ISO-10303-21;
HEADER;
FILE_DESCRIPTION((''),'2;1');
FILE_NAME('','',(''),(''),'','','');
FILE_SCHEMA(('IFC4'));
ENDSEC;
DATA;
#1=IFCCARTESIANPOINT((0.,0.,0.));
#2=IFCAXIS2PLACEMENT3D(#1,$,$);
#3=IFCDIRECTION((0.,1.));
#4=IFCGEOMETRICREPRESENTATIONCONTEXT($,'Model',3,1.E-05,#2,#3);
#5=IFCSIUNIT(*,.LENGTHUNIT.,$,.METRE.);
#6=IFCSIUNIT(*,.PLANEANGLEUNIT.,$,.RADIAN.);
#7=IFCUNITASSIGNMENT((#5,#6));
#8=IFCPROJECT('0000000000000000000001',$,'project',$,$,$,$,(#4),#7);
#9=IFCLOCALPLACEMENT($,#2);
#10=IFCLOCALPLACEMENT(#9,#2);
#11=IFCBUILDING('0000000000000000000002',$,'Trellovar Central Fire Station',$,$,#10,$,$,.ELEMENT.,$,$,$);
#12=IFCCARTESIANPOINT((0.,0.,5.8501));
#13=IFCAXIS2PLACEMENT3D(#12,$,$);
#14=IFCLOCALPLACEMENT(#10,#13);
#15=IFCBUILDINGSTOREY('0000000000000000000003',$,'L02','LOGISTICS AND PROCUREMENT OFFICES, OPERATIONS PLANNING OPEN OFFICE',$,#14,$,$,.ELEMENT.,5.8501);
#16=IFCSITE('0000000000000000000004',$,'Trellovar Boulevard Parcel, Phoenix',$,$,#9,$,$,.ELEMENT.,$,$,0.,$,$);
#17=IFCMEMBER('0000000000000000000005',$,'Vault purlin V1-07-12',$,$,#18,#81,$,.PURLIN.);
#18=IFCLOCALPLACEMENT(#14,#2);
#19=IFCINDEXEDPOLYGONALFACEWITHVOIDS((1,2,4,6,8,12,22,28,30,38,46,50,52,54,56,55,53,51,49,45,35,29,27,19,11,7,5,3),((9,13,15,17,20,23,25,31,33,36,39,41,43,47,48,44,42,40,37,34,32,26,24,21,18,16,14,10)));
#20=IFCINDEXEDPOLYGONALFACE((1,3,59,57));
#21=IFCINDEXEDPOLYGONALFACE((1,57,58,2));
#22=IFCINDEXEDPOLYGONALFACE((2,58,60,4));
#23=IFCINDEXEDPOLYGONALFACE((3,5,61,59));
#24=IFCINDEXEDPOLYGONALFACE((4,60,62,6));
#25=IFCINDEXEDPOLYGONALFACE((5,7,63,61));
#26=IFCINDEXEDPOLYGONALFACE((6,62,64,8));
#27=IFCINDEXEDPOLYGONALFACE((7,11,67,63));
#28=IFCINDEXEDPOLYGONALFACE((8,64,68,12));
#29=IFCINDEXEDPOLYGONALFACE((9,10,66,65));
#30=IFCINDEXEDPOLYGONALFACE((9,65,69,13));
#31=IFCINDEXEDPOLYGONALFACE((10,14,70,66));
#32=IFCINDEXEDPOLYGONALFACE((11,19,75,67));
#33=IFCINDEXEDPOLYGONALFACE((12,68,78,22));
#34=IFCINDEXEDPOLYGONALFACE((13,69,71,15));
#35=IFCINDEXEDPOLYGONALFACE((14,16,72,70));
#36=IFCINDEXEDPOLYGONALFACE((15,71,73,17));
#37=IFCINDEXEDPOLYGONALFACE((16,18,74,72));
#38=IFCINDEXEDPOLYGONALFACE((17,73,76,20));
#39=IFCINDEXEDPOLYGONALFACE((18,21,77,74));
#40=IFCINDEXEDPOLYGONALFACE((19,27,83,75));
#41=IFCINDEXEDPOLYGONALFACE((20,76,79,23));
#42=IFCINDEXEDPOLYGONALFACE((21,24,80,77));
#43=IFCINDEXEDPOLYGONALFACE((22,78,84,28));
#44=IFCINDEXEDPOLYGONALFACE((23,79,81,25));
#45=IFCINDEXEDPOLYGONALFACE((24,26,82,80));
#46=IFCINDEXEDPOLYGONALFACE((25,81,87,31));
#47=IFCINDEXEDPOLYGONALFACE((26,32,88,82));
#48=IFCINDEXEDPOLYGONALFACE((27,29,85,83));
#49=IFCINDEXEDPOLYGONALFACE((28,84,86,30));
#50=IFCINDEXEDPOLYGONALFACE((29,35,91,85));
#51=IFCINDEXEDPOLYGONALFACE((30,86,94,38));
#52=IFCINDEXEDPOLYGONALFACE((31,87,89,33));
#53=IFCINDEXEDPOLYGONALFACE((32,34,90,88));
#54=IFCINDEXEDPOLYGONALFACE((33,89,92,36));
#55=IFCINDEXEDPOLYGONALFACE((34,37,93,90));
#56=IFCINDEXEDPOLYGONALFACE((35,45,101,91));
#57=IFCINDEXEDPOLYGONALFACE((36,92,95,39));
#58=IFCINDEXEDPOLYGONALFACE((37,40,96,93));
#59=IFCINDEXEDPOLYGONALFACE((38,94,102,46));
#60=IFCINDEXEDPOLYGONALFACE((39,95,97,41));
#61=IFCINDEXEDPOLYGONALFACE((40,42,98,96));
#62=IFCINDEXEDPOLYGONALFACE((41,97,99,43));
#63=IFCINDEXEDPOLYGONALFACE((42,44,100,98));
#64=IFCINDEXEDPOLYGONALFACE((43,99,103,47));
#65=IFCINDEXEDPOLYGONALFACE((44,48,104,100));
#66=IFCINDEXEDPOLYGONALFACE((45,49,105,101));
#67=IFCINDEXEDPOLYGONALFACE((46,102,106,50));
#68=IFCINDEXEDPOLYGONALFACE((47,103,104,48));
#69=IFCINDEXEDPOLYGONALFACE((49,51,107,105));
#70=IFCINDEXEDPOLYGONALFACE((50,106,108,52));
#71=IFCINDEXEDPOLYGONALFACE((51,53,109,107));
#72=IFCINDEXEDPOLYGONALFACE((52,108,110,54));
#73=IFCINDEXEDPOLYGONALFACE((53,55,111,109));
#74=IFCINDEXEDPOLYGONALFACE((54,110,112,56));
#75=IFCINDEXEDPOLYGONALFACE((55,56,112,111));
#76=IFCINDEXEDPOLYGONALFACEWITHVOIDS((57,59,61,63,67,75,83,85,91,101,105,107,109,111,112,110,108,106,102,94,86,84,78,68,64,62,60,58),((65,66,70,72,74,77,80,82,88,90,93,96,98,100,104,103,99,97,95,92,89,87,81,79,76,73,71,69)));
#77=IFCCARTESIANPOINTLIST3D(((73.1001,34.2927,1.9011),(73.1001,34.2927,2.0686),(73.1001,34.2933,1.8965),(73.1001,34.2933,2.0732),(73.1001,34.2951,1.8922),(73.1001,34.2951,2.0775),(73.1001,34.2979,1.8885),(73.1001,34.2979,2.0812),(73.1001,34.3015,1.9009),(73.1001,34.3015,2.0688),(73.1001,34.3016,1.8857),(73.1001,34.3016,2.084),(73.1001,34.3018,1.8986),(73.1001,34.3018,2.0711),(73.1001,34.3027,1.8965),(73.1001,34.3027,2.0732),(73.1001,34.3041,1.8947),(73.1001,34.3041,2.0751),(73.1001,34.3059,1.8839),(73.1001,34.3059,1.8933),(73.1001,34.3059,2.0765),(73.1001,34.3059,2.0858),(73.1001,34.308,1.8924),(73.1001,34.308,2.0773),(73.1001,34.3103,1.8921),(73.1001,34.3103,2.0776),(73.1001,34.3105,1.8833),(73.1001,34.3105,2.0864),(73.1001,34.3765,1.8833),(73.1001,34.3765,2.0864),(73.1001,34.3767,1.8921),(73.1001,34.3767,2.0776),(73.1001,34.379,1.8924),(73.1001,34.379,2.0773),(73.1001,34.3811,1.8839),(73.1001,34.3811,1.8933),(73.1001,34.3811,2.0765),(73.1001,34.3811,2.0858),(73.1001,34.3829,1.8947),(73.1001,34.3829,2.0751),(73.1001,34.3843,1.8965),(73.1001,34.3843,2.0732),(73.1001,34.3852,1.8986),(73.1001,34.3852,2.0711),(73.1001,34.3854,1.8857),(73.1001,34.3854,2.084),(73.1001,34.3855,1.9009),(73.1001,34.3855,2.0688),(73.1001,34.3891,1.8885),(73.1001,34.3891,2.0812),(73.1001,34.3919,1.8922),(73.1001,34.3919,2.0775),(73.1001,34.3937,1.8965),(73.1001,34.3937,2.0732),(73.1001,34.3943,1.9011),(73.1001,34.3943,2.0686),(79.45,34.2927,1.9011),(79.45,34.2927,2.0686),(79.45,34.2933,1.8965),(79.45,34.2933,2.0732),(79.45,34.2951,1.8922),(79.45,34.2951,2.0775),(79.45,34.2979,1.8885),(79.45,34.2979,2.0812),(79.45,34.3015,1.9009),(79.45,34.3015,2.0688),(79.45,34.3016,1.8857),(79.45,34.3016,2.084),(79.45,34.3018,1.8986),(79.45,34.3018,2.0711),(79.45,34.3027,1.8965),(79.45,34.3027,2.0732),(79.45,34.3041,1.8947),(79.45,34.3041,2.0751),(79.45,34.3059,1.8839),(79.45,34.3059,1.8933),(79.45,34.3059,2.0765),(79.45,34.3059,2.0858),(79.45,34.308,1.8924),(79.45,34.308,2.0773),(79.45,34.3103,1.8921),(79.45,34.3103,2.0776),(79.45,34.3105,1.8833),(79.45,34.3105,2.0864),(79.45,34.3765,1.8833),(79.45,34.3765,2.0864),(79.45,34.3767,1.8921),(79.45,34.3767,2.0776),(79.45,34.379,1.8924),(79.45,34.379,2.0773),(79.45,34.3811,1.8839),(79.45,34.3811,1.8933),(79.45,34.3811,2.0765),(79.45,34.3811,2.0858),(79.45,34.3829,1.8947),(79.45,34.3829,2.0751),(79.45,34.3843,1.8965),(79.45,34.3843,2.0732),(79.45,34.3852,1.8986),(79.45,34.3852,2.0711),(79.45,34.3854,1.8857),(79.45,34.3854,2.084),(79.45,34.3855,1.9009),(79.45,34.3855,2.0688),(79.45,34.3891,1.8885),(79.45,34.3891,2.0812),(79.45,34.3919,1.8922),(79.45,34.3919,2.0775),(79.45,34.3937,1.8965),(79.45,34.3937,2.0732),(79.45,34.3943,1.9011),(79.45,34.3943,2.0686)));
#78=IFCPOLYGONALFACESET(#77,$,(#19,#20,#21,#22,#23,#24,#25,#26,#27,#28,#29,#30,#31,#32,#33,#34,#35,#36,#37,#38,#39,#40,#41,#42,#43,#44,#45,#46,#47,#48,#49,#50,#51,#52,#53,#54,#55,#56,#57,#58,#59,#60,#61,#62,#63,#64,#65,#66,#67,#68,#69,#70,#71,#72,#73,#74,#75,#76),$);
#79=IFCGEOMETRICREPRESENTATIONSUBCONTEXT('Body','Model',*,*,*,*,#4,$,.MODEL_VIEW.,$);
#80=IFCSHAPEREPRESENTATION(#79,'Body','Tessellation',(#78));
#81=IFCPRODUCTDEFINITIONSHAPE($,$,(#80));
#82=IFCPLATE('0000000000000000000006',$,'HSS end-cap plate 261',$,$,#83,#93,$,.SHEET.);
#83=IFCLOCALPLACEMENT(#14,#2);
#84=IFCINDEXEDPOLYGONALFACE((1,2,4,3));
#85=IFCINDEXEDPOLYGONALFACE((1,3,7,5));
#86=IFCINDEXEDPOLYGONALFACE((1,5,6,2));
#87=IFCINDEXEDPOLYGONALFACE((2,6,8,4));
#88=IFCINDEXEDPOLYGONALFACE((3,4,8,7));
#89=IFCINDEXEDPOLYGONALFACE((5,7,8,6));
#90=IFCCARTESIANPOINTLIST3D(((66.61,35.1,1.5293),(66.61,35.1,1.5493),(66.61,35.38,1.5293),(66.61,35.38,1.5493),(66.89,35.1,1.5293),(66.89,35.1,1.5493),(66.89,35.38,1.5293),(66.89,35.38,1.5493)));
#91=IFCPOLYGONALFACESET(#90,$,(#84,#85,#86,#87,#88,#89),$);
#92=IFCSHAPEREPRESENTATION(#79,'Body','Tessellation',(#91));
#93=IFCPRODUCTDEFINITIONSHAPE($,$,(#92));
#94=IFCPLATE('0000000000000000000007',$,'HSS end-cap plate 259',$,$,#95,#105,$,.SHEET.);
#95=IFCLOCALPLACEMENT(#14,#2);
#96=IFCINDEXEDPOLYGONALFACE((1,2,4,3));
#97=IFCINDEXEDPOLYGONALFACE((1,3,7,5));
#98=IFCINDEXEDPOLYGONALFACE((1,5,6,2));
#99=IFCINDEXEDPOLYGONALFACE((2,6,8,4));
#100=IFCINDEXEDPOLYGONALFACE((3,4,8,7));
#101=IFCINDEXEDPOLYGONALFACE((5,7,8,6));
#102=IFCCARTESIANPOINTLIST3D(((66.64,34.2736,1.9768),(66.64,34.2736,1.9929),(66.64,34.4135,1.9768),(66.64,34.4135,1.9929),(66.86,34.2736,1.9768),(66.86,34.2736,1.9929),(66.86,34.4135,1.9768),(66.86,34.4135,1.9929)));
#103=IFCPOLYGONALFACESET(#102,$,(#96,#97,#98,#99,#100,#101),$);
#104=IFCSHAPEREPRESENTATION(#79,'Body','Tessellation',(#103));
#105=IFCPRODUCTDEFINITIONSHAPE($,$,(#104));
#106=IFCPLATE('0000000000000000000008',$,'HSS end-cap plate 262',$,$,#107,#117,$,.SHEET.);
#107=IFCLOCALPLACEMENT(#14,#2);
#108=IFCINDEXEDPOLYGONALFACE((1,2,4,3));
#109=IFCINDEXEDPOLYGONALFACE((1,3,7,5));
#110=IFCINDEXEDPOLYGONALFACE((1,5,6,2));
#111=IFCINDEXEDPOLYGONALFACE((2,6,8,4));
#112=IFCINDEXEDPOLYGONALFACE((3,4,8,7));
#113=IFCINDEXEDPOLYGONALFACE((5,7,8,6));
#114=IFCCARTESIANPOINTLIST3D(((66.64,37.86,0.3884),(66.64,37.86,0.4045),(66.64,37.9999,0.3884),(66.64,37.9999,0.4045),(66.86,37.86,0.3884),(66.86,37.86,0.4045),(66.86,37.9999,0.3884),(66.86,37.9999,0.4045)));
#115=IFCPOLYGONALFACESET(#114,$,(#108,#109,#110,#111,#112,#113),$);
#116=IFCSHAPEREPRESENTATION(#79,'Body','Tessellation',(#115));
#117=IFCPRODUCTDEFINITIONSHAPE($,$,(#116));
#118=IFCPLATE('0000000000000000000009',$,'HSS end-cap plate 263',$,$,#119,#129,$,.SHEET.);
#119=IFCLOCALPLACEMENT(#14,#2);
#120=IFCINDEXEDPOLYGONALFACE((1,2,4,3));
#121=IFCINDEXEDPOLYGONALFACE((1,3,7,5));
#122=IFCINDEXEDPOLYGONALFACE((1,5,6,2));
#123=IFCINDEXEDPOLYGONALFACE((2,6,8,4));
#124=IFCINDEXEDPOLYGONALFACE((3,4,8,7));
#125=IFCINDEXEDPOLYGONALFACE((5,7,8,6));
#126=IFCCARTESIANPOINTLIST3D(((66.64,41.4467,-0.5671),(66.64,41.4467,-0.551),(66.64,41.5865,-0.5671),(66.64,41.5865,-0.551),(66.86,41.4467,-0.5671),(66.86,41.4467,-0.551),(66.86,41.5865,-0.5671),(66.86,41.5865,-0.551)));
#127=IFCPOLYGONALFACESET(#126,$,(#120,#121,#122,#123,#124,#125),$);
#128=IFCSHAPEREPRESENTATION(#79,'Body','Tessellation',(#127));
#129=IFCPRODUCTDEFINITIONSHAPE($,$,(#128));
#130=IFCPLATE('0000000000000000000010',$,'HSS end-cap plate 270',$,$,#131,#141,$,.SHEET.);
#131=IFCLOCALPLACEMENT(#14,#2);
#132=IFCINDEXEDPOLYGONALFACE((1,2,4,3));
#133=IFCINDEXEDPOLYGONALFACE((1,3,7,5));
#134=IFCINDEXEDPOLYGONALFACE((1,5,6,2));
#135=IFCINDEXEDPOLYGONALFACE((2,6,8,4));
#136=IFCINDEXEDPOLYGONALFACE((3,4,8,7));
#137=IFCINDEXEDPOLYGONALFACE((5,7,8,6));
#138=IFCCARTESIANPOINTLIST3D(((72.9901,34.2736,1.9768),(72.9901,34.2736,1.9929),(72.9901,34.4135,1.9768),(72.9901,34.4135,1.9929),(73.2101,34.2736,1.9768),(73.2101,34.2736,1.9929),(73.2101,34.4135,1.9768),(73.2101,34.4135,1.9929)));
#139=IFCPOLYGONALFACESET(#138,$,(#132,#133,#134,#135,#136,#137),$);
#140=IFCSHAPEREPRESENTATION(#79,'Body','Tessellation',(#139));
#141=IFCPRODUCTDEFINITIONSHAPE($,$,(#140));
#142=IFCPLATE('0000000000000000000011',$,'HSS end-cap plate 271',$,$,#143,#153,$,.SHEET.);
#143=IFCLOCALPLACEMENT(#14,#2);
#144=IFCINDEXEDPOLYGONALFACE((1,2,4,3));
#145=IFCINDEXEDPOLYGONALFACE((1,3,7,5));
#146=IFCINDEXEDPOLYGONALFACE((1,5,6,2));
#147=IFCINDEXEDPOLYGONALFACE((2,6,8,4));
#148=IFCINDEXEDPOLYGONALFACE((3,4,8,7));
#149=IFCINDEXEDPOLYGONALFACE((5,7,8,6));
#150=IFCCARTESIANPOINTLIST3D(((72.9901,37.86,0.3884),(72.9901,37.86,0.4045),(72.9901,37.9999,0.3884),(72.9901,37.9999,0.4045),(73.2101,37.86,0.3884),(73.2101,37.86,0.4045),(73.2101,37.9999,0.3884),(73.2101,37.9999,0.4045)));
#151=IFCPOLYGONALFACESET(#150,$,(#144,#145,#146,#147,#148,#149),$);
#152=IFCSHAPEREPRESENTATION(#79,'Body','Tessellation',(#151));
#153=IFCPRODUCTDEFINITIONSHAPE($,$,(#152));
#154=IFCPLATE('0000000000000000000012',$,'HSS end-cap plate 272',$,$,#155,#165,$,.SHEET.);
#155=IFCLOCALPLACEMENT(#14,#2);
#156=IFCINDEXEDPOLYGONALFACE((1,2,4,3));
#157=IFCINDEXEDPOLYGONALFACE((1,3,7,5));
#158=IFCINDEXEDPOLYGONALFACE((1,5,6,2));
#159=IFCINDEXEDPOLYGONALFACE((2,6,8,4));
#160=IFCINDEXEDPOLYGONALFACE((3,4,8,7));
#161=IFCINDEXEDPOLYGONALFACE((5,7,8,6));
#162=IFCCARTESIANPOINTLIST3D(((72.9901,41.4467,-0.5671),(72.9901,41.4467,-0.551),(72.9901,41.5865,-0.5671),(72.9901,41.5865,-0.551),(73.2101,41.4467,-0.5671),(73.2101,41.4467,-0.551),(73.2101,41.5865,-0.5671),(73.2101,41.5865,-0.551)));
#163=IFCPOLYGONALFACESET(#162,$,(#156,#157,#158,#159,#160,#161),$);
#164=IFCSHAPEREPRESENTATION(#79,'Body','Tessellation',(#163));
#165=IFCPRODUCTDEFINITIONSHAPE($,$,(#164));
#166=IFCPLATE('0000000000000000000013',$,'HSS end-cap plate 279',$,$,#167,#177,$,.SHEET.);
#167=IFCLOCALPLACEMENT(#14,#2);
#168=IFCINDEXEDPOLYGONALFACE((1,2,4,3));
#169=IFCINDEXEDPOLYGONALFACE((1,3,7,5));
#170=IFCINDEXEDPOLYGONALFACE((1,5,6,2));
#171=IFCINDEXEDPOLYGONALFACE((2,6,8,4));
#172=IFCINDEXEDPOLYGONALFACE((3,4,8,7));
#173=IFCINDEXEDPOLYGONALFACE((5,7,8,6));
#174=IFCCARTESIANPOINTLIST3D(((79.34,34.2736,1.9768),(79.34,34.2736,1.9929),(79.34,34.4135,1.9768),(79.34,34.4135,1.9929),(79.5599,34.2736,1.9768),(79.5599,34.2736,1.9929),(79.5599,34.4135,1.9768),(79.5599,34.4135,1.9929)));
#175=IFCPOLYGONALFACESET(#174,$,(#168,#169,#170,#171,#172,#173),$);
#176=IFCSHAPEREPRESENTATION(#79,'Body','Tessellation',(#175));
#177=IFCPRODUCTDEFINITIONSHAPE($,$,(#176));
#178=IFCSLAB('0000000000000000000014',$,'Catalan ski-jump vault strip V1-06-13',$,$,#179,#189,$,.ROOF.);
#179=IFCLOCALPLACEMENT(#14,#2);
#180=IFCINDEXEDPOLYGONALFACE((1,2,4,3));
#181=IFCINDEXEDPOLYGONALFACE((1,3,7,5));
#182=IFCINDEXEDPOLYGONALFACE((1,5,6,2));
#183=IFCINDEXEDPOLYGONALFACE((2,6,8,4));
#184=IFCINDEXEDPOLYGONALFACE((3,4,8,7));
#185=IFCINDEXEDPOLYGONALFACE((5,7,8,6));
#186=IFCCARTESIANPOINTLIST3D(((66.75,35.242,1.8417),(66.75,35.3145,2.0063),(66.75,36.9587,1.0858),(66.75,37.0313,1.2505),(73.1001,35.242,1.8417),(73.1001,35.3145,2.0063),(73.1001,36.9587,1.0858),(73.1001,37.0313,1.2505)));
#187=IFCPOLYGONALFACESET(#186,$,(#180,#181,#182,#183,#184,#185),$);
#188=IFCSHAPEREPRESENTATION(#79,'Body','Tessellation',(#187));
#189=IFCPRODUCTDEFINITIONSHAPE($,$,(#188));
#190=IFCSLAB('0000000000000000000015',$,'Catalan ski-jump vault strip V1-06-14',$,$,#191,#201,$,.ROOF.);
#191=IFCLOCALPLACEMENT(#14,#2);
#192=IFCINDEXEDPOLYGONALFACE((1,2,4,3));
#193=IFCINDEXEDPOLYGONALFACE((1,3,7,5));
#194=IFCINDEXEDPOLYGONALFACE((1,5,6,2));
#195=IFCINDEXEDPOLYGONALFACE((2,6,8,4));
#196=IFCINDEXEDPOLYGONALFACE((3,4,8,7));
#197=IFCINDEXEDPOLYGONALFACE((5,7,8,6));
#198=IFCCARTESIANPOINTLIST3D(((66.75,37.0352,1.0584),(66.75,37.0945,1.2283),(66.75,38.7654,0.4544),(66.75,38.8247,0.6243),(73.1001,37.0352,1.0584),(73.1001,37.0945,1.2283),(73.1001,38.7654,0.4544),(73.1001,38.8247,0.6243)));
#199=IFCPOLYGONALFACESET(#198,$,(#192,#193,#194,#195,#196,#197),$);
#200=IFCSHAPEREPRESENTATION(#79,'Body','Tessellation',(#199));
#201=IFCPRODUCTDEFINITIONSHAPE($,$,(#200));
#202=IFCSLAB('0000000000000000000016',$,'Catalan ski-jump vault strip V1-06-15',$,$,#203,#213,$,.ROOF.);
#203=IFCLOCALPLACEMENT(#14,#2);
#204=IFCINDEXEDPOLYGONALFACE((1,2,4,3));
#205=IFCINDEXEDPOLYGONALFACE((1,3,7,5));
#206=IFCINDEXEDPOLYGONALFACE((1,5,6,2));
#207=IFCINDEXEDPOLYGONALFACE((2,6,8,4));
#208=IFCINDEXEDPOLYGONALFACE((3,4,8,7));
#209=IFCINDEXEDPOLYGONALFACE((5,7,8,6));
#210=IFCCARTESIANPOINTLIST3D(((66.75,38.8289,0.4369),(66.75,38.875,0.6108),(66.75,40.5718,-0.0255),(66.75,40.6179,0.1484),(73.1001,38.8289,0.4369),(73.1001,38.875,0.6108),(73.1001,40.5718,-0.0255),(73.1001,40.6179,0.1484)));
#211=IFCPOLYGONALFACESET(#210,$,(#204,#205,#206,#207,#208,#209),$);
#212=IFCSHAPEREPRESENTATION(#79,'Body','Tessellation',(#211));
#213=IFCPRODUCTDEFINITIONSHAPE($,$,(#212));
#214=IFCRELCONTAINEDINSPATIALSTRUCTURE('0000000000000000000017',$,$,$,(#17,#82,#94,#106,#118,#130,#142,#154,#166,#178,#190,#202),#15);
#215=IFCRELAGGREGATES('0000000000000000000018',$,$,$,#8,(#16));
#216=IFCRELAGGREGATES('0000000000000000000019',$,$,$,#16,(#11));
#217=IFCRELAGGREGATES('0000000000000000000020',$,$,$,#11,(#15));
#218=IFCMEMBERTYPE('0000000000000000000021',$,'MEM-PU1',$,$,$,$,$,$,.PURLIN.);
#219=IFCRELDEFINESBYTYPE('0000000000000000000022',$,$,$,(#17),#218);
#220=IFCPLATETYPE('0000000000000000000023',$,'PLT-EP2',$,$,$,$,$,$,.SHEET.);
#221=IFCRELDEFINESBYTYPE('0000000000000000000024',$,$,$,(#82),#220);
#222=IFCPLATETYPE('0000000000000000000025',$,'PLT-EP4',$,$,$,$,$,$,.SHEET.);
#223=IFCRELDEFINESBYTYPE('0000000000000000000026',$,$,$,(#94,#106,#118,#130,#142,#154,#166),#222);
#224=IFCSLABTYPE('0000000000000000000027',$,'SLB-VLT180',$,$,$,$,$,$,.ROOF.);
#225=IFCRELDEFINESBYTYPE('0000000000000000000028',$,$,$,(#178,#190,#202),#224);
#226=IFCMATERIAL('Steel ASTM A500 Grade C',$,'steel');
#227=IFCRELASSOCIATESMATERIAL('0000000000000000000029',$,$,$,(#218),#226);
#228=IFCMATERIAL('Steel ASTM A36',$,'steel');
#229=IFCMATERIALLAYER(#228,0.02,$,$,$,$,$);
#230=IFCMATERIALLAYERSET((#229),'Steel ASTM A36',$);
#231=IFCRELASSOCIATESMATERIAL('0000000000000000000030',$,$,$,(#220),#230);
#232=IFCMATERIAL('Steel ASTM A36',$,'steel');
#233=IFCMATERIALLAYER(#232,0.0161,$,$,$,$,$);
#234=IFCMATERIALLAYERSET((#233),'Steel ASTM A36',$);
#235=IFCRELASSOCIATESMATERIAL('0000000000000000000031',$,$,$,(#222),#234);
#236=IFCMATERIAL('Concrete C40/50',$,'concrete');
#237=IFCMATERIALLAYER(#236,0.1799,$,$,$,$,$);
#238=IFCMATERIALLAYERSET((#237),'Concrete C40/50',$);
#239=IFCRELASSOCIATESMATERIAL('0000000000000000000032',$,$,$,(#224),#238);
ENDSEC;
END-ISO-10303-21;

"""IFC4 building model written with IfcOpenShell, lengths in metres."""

from ifc_helpers import new_model, si_unit, direction, frame, origin, origin_2d, place, context, subcontext, project, spatial, polyline, rectangle, hollow_rectangle, outline, extrude, material, layer, layer_set, material_profile, profile_set, type_object, element, save


model = new_model("IFC4")

# Units and contexts
model_context = context("Model", 3, precision=1e-05, world=origin(), true_north=direction((0.0, 1.0)))
body_context = subcontext(model_context, "Body", "Model", "MODEL_VIEW")
ifc_project = project(units=[si_unit("LENGTHUNIT", "METRE"), si_unit("PLANEANGLEUNIT", "RADIAN")], contexts=[model_context])

# Site, building, storey
site_placement = place(None, origin())
site = spatial("IfcSite", under=ifc_project, at=site_placement, Name="Trellovar Boulevard Parcel, Phoenix", CompositionType="ELEMENT", RefElevation=0.0)
building_placement = place(site_placement, origin())
building = spatial("IfcBuilding", under=site, at=building_placement, Name="Trellovar Central Fire Station", CompositionType="ELEMENT")
storey_placement = place(building_placement, frame((0.0, 0.0, 5.8501)))
storey = spatial("IfcBuildingStorey", under=building, at=storey_placement, Name="L02", Description="LOGISTICS AND PROCUREMENT OFFICES, OPERATIONS PLANNING OPEN OFFICE", CompositionType="ELEMENT", Elevation=5.8501)

# Member
ifc_material_1 = material(Name="Steel ASTM A500 Grade C", Category="steel")
ifc_material_profile_1 = material_profile(ifc_material_1, hollow_rectangle(XDim=0.1016, YDim=0.2031, WallThickness=0.0088, InnerFilletRadius=0.0088, OuterFilletRadius=0.0178, at=origin_2d()), Name="HSS8X4X3/8")
ifc_profile_set_1 = profile_set([ifc_material_profile_1], Name="Steel ASTM A500 Grade C")
member_type_1 = type_object("IfcMemberType", Name="MEM-PU1", PredefinedType="PURLIN", material=ifc_profile_set_1)
member_1_placement = place(storey_placement, frame((73.1001, 34.3435, 1.9849), z_axis=(1.0, 0.0, 0.0), x_axis=(0.0, 1.0, 0.0)))
element("IfcMember", 1, at=member_1_placement, inside=storey, type_object=member_type_1, Name="Vault purlin V1-07-12", PredefinedType="PURLIN", context=body_context, shape_type="SweptSolid", body=[
    extrude(hollow_rectangle(XDim=0.1016, YDim=0.2031, WallThickness=0.0088, InnerFilletRadius=0.0088, OuterFilletRadius=0.0178, at=origin_2d()), origin(), (0.0, 0.0, 1.0), 6.3499),
])

# Plates
ifc_material_2 = material(Name="Steel ASTM A36", Category="steel")
ifc_layer_1 = layer(ifc_material_2, 0.02)
ifc_layer_set_1 = layer_set([ifc_layer_1], Name="Steel ASTM A36")
plate_type_1 = type_object("IfcPlateType", Name="PLT-EP2", PredefinedType="SHEET", material=ifc_layer_set_1)
plate_placement = place(storey_placement, frame((66.75, 35.24, 1.5293), z_axis=(0.0, 0.0, 1.0), x_axis=(1.0, 0.0, 0.0)))
element("IfcPlate", 2, at=plate_placement, inside=storey, type_object=plate_type_1, Name="HSS end-cap plate 261", PredefinedType="SHEET", context=body_context, shape_type="SweptSolid", body=[
    extrude(rectangle(XDim=0.28, YDim=0.28, at=origin_2d()), origin(), (0.0, 0.0, 1.0), 0.02),
])
ifc_material_3 = material(Name="Steel ASTM A36", Category="steel")
ifc_layer_2 = layer(ifc_material_3, 0.0161)
ifc_layer_set_2 = layer_set([ifc_layer_2], Name="Steel ASTM A36")
plate_type_2 = type_object("IfcPlateType", Name="PLT-EP4", PredefinedType="SHEET", material=ifc_layer_set_2)
for number, where, z_axis, x_axis, name in (
    (3, (66.75, 34.3435, 1.9768), (0.0, 0.0, 1.0), (1.0, 0.0, 0.0), "HSS end-cap plate 259"),
    (4, (66.75, 37.9299, 0.3884), (0.0, 0.0, 1.0), (1.0, 0.0, 0.0), "HSS end-cap plate 262"),
    (5, (66.75, 41.5166, -0.5671), (0.0, 0.0, 1.0), (1.0, 0.0, 0.0), "HSS end-cap plate 263"),
    (6, (73.1001, 34.3435, 1.9768), (0.0, 0.0, 1.0), (1.0, 0.0, 0.0), "HSS end-cap plate 270"),
    (7, (73.1001, 37.9299, 0.3884), (0.0, 0.0, 1.0), (1.0, 0.0, 0.0), "HSS end-cap plate 271"),
    (8, (73.1001, 41.5166, -0.5671), (0.0, 0.0, 1.0), (1.0, 0.0, 0.0), "HSS end-cap plate 272"),
    (9, (79.45, 34.3435, 1.9768), (0.0, 0.0, 1.0), (1.0, 0.0, 0.0), "HSS end-cap plate 279"),
):
    element("IfcPlate", number, at=place(storey_placement, frame(where, z_axis=z_axis, x_axis=x_axis)), inside=storey, type_object=plate_type_2, Name=name, PredefinedType="SHEET", context=body_context, shape_type="SweptSolid", body=[
        extrude(rectangle(XDim=0.22, YDim=0.1399, at=origin_2d()), origin(), (0.0, 0.0, 1.0), 0.0161),
    ])

# Slabs
ifc_material_4 = material(Name="Concrete C40/50", Category="concrete")
ifc_layer_3 = layer(ifc_material_4, 0.1799)
ifc_layer_set_3 = layer_set([ifc_layer_3], Name="Concrete C40/50")
slab_type = type_object("IfcSlabType", Name="SLB-VLT180", PredefinedType="ROOF", material=ifc_layer_set_3)
slab_1_placement = place(storey_placement, frame((66.75, 35.3145, 2.0063), z_axis=(0.0, 0.402948, 0.915223), x_axis=(1.0, 0.0, 0.0)))
element("IfcSlab", 10, at=slab_1_placement, inside=storey, type_object=slab_type, Name="Catalan ski-jump vault strip V1-06-13", PredefinedType="ROOF", context=body_context, shape_type="SweptSolid", body=[
    extrude(outline(polyline([(0.0, 0.0), (6.3501, 0.0), (6.3501, 1.8758), (0.0, 1.8758), (0.0, 0.0)])), origin(), (0.0, 0.0, -1.0), 0.1799),
])
slab_2_placement = place(storey_placement, frame((66.75, 37.0945, 1.2283), z_axis=(0.0, 0.329585, 0.944126), x_axis=(1.0, 0.0, 0.0)))
element("IfcSlab", 11, at=slab_2_placement, inside=storey, type_object=slab_type, Name="Catalan ski-jump vault strip V1-06-14", PredefinedType="ROOF", context=body_context, shape_type="SweptSolid", body=[
    extrude(outline(polyline([(0.0, 0.0), (6.3501, 0.0), (6.3501, 1.8326), (0.0, 1.8326), (0.0, 0.0)])), origin(), (0.0, 0.0, -1.0), 0.1799),
])
slab_3_placement = place(storey_placement, frame((66.75, 38.875, 0.6108), z_axis=(0.0, 0.256432, 0.966562), x_axis=(1.0, 0.0, 0.0)))
element("IfcSlab", 12, at=slab_3_placement, inside=storey, type_object=slab_type, Name="Catalan ski-jump vault strip V1-06-15", PredefinedType="ROOF", context=body_context, shape_type="SweptSolid", body=[
    extrude(outline(polyline([(0.0, 0.0), (6.3501, 0.0), (6.3501, 1.8032), (0.0, 1.8032), (0.0, 0.0)])), origin(), (0.0, 0.0, -1.0), 0.1799),
])

save(model, "model.ifc")
